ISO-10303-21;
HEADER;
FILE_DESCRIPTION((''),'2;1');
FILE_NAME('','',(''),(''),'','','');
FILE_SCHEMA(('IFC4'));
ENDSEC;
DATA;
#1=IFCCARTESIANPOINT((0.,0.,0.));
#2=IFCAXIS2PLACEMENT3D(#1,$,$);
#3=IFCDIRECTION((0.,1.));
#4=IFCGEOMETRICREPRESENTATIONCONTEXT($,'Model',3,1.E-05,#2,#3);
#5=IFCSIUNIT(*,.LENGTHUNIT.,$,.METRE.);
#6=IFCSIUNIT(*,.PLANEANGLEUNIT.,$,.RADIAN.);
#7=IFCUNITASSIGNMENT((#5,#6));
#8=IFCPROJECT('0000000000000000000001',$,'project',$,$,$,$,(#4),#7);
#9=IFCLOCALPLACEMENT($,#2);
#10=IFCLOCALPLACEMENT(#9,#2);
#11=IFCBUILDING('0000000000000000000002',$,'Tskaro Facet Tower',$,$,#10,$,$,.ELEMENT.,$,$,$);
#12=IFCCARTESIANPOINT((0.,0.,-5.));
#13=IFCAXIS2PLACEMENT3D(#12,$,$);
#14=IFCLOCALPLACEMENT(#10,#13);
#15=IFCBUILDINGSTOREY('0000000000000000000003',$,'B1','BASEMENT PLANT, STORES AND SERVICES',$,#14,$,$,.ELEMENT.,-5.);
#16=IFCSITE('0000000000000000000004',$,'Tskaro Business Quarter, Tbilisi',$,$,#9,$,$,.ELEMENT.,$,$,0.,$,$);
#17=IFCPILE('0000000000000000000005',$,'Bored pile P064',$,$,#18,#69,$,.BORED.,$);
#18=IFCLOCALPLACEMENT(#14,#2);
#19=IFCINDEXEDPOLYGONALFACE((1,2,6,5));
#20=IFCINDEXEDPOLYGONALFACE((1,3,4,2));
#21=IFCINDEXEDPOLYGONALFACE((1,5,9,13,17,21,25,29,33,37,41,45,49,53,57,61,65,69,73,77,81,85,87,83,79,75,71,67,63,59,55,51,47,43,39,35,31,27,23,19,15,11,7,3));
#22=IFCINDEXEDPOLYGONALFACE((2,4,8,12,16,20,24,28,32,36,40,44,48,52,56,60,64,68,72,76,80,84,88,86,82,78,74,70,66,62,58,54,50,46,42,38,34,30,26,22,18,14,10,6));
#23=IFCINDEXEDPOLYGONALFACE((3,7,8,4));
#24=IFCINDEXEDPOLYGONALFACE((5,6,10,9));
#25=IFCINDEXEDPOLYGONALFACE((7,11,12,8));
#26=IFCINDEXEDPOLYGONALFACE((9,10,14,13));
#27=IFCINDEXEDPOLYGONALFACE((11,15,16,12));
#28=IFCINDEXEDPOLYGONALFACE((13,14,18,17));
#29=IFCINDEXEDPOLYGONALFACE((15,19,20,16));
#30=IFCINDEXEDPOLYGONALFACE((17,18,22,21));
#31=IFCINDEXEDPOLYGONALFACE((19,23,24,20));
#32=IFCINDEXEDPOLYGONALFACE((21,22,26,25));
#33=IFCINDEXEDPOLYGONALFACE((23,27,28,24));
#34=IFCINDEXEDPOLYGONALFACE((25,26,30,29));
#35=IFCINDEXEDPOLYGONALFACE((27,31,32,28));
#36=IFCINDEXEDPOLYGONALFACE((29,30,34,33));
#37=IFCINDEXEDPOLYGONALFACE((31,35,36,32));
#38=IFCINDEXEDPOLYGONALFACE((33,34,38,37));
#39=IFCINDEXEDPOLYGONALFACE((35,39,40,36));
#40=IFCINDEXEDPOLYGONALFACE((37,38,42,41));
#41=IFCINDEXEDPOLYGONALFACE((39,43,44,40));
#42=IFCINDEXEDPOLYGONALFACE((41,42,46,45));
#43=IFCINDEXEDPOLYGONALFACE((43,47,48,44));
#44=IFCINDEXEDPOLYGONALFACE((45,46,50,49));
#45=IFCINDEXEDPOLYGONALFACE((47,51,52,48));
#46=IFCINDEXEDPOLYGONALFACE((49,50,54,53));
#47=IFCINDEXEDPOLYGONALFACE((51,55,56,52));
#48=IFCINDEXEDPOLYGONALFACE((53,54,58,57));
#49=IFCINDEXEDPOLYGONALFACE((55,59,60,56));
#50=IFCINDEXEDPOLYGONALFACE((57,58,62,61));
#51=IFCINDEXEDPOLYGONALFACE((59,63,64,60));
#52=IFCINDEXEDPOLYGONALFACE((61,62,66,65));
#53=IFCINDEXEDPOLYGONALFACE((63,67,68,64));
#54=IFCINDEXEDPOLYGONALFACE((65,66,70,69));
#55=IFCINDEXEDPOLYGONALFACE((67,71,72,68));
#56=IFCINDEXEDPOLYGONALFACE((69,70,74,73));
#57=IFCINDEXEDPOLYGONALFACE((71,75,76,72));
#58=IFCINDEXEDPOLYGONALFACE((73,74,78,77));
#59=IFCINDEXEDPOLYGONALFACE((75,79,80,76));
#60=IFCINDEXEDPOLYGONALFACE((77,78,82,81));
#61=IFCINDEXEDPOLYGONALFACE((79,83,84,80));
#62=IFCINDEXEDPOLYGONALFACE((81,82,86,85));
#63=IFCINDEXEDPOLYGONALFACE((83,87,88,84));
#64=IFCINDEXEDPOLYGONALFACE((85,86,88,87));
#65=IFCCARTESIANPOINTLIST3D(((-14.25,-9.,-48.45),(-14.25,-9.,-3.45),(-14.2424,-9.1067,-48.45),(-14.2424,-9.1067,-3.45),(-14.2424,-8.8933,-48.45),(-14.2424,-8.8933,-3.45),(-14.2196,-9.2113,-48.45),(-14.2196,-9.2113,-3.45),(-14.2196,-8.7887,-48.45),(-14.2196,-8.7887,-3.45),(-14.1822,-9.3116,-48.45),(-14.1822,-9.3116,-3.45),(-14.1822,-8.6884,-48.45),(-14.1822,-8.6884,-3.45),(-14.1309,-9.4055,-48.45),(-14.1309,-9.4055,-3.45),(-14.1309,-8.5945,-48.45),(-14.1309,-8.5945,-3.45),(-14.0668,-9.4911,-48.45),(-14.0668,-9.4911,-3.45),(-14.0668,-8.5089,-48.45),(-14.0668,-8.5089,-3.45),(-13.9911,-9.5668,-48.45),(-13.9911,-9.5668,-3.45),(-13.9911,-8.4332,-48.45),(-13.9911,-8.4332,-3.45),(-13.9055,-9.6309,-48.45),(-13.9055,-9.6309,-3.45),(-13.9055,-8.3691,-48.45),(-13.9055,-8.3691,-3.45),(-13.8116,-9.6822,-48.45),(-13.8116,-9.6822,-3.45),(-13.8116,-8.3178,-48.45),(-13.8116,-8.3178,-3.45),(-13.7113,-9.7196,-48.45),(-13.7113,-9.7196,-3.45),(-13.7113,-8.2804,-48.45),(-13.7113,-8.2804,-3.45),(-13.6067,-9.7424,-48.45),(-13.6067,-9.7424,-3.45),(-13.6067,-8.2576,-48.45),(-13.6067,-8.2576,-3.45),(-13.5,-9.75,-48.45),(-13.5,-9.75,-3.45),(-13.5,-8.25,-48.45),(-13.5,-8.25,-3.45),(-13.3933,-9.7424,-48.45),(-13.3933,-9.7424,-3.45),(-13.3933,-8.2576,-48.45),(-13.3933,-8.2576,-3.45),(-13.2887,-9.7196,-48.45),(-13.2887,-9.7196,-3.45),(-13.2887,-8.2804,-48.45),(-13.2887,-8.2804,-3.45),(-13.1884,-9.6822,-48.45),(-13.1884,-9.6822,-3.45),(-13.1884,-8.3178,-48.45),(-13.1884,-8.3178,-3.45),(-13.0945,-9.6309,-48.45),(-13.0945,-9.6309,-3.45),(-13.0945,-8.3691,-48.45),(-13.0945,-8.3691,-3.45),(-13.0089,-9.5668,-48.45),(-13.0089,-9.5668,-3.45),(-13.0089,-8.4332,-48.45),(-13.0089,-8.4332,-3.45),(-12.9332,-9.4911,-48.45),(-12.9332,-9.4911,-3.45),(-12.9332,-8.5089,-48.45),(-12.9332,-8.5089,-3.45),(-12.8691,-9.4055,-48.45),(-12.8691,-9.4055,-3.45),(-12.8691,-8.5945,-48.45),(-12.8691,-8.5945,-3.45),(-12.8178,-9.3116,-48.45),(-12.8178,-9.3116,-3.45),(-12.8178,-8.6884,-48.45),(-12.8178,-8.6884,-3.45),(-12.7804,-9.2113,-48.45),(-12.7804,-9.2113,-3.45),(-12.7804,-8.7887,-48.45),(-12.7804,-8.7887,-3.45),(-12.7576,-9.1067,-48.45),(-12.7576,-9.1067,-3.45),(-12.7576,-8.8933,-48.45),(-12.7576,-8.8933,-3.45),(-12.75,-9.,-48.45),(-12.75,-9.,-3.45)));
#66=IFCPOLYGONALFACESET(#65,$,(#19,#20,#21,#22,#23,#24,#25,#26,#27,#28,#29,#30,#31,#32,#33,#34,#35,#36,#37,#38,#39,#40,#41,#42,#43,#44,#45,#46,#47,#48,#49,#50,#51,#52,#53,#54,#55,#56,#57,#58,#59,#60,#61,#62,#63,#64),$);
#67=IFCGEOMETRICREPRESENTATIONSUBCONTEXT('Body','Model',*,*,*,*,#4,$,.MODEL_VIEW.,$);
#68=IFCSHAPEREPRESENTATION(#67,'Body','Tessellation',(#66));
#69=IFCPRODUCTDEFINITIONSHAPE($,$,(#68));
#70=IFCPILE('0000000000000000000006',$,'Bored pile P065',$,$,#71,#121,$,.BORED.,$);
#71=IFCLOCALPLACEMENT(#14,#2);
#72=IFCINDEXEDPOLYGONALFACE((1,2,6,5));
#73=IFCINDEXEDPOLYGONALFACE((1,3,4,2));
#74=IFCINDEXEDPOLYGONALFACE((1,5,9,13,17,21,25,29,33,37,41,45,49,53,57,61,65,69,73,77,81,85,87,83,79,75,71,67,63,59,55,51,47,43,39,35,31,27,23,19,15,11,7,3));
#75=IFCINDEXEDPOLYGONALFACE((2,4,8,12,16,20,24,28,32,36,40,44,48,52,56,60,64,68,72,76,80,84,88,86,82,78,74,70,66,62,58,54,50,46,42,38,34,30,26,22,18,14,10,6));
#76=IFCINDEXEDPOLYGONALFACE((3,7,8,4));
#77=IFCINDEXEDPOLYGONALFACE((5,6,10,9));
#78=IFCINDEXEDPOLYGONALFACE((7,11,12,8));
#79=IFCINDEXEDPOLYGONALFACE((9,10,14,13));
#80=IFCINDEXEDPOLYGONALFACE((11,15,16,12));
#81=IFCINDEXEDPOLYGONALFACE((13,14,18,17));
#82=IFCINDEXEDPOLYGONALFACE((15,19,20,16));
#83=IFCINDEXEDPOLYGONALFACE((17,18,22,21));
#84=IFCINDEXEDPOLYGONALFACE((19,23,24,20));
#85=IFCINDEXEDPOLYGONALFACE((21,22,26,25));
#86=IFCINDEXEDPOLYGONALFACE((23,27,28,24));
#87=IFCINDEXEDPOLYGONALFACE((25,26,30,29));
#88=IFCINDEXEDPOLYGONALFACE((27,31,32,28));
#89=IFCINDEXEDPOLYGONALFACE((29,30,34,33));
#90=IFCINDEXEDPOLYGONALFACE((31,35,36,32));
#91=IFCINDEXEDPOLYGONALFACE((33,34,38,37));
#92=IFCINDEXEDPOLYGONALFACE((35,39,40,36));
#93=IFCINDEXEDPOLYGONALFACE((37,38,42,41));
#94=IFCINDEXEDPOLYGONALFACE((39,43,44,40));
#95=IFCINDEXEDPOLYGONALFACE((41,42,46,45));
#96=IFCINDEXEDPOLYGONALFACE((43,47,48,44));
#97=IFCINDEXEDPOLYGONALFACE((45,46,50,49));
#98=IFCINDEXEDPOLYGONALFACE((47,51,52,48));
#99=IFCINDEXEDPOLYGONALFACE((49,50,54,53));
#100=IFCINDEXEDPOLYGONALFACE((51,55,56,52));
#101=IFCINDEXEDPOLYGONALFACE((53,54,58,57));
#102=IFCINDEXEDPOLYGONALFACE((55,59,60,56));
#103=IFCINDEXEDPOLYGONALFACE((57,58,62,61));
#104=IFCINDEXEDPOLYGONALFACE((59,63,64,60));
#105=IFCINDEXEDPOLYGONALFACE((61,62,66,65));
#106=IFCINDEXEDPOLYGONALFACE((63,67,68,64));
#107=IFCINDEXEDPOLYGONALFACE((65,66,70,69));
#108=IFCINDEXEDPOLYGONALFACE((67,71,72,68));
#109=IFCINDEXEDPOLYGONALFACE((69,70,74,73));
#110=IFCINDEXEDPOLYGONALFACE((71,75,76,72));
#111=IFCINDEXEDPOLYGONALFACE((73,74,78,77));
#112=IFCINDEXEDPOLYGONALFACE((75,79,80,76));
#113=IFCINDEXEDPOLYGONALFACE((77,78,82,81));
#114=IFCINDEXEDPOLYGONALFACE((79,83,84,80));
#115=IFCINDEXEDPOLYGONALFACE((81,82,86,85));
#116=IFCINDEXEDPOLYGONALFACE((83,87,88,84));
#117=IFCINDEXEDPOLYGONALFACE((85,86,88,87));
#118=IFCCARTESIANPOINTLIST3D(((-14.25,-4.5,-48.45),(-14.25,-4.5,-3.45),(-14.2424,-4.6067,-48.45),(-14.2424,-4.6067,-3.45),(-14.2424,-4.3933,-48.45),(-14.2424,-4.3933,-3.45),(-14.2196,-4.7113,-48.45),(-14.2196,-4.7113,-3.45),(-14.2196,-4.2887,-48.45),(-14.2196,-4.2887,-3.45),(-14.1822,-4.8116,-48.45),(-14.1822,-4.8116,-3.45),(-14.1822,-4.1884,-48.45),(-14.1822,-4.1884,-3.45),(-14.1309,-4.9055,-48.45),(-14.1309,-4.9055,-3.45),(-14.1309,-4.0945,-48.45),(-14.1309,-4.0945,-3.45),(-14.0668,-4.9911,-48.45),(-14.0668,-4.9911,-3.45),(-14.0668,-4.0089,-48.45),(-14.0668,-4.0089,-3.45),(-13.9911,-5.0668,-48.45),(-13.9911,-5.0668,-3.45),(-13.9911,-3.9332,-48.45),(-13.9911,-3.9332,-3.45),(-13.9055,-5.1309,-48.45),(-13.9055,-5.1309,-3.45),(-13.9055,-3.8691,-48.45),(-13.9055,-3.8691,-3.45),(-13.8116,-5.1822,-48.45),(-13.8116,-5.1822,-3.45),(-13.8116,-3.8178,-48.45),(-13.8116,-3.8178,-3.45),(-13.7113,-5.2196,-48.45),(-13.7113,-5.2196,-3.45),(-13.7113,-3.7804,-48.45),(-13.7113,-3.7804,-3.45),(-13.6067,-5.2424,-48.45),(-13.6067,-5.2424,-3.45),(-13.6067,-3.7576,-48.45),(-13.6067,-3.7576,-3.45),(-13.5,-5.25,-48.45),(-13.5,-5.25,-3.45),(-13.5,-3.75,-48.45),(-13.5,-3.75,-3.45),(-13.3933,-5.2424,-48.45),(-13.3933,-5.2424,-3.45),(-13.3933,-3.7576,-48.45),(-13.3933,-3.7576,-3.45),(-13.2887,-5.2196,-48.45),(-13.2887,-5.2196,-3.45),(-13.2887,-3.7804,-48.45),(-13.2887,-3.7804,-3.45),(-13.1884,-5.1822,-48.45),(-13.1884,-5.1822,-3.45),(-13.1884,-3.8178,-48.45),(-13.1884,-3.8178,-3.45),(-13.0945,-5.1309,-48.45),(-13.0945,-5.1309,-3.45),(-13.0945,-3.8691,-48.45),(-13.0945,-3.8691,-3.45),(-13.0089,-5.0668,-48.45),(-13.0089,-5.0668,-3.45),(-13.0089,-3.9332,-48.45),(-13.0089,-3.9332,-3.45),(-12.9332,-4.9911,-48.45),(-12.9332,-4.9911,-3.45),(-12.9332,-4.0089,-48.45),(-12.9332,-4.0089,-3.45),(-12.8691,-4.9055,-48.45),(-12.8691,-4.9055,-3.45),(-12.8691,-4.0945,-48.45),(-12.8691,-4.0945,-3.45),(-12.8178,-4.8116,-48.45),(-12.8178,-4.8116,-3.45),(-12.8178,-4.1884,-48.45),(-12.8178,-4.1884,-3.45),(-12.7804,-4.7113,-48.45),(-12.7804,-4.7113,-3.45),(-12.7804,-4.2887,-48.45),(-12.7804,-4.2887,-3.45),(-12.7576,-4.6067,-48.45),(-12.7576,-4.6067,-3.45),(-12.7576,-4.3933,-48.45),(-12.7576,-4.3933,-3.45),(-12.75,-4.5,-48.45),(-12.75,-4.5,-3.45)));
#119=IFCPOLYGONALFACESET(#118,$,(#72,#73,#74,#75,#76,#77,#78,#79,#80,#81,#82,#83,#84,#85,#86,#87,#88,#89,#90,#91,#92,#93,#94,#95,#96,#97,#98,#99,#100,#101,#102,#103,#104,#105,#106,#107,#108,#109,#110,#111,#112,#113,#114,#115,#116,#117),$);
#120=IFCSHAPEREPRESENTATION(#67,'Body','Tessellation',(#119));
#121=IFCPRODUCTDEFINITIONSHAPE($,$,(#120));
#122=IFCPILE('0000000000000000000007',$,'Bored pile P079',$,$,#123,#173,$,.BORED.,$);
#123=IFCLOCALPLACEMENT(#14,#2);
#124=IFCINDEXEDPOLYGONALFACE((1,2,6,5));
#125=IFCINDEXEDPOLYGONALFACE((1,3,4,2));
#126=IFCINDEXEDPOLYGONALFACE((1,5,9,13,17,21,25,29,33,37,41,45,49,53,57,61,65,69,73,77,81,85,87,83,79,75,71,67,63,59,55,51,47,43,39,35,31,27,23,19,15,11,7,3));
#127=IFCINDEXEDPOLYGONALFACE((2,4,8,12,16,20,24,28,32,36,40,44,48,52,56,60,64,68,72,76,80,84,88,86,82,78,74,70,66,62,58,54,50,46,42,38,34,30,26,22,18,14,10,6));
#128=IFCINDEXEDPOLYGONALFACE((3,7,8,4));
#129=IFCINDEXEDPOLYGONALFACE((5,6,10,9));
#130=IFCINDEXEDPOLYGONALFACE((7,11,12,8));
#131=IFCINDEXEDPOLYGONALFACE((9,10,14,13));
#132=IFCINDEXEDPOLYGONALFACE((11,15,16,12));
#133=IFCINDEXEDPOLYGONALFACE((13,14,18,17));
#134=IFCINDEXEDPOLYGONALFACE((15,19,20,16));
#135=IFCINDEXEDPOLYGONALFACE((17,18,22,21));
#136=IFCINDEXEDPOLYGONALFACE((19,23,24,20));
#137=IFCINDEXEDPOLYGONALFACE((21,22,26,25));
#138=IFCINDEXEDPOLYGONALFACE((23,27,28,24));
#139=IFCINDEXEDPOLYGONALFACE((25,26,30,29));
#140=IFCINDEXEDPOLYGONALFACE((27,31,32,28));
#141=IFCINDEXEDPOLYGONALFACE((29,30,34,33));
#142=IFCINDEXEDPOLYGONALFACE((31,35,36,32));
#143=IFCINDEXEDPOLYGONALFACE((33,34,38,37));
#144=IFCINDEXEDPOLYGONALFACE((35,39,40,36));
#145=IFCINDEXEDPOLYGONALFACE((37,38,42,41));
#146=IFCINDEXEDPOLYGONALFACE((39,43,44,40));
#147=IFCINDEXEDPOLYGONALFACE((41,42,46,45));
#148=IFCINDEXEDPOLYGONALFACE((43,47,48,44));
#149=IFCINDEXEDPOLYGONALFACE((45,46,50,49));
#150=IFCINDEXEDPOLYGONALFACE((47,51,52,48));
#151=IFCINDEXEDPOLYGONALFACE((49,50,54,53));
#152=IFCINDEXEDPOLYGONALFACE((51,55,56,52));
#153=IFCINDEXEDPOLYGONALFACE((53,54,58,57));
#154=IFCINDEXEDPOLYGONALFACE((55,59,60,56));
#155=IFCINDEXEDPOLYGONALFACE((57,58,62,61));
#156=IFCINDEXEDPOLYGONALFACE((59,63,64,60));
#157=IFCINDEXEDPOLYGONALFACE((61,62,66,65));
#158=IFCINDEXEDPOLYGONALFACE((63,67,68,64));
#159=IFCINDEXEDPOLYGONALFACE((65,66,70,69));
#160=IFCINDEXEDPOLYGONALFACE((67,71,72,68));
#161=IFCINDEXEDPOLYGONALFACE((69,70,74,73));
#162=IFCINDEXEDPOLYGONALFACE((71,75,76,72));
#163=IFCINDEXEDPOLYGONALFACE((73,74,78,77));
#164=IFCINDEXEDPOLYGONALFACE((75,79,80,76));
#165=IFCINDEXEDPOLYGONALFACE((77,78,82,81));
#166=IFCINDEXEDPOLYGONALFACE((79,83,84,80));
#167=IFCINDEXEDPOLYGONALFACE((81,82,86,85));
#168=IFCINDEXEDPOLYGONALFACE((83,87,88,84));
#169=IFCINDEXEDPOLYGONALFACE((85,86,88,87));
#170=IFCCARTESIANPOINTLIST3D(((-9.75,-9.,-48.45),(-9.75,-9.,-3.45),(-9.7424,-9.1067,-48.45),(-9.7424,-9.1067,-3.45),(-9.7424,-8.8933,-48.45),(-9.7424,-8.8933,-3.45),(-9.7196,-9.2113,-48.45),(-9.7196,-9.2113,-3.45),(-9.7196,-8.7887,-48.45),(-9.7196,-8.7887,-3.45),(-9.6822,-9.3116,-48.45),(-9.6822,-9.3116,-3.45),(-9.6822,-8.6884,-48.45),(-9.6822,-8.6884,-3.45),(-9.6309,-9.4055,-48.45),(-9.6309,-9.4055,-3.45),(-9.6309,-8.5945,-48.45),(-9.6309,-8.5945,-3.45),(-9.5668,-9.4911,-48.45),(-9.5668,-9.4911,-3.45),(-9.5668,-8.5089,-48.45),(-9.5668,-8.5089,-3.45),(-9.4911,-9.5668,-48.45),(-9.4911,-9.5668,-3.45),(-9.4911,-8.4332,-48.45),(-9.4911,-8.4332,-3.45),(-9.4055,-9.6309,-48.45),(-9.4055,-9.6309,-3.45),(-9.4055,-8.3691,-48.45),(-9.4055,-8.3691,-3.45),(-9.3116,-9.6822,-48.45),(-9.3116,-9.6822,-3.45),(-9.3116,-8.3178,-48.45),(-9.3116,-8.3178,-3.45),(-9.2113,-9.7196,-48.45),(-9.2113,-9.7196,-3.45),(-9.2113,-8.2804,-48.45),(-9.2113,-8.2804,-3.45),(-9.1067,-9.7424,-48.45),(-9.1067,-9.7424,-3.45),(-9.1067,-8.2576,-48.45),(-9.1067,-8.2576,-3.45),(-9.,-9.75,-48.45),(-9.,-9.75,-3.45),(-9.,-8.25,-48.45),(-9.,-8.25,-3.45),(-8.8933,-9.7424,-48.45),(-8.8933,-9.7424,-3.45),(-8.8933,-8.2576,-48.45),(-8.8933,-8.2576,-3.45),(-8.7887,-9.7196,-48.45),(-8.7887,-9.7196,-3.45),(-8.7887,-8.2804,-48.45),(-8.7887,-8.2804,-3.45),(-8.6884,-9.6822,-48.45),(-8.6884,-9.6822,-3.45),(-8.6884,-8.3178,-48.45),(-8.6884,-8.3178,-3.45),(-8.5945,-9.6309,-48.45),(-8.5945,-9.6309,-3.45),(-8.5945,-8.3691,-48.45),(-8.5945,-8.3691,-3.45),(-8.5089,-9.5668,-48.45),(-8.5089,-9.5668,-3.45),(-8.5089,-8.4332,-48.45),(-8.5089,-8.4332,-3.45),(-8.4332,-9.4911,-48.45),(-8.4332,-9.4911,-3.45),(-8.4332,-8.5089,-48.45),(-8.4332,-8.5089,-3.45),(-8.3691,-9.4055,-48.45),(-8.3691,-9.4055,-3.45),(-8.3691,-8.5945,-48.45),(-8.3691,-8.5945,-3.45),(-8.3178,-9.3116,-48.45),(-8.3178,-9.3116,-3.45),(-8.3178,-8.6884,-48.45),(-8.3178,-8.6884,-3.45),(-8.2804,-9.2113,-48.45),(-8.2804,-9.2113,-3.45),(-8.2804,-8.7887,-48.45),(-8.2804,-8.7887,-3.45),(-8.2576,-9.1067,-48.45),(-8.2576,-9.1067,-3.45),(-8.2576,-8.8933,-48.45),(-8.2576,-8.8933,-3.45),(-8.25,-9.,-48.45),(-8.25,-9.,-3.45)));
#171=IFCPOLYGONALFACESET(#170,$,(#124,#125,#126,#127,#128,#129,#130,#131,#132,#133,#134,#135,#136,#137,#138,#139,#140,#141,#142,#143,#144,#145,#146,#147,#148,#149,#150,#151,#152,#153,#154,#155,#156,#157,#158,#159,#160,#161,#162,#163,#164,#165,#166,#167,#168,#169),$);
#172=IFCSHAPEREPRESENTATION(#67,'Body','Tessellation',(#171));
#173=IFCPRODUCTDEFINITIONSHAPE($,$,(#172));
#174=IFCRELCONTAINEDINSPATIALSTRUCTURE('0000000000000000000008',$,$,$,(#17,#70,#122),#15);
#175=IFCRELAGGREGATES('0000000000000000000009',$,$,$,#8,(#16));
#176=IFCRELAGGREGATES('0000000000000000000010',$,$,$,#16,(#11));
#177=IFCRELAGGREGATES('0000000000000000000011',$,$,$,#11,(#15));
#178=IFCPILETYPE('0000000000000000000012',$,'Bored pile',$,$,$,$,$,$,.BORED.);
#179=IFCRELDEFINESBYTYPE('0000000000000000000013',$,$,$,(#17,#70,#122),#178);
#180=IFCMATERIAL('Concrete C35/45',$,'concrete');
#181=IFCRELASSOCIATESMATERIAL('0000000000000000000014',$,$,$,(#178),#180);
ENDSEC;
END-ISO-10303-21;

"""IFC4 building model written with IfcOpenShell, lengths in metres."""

from ifc_helpers import new_model, si_unit, direction, frame, origin, origin_2d, place, context, subcontext, project, spatial, circle, extrude, material, material_profile, profile_set, type_object, element, save


model = new_model("IFC4")

# Units and contexts
model_context = context("Model", 3, precision=1e-05, world=origin(), true_north=direction((0.0, 1.0)))
body_context = subcontext(model_context, "Body", "Model", "MODEL_VIEW")
ifc_project = project(units=[si_unit("LENGTHUNIT", "METRE"), si_unit("PLANEANGLEUNIT", "RADIAN")], contexts=[model_context])

# Site, building, storey
site_placement = place(None, origin())
site = spatial("IfcSite", under=ifc_project, at=site_placement, Name="Tskaro Business Quarter, Tbilisi", CompositionType="ELEMENT", RefElevation=0.0)
building_placement = place(site_placement, origin())
building = spatial("IfcBuilding", under=site, at=building_placement, Name="Tskaro Facet Tower", CompositionType="ELEMENT")
storey_placement = place(building_placement, frame((0.0, 0.0, -5.0)))
storey = spatial("IfcBuildingStorey", under=building, at=storey_placement, Name="B1", Description="BASEMENT PLANT, STORES AND SERVICES", CompositionType="ELEMENT", Elevation=-5.0)

# Piles
ifc_material_1 = material(Name="Concrete C35/45", Category="concrete")
ifc_material_profile = material_profile(ifc_material_1, circle(Radius=0.75, at=origin_2d()), Name="Bored pile")
ifc_profile_set = profile_set([ifc_material_profile], Name="Concrete C35/45")
pile_type = type_object("IfcPileType", Name="Bored pile", PredefinedType="BORED", material=ifc_profile_set)
for number, where, z_axis, x_axis, name in (
    (1, (-13.5, -9.0, -3.45), (0.0, 0.0, -1.0), (1.0, 0.0, 0.0), "Bored pile P064"),
    (2, (-13.5, -4.5, -3.45), (0.0, 0.0, -1.0), (1.0, 0.0, 0.0), "Bored pile P065"),
    (3, (-9.0, -9.0, -3.45), (0.0, 0.0, -1.0), (1.0, 0.0, 0.0), "Bored pile P079"),
):
    element("IfcPile", number, at=place(storey_placement, frame(where, z_axis=z_axis, x_axis=x_axis)), inside=storey, type_object=pile_type, Name=name, PredefinedType="BORED", context=body_context, shape_type="SweptSolid", body=[
        extrude(circle(Radius=0.75, at=origin_2d()), origin(), (0.0, 0.0, 1.0), 45.0),
    ])

save(model, "model.ifc")
